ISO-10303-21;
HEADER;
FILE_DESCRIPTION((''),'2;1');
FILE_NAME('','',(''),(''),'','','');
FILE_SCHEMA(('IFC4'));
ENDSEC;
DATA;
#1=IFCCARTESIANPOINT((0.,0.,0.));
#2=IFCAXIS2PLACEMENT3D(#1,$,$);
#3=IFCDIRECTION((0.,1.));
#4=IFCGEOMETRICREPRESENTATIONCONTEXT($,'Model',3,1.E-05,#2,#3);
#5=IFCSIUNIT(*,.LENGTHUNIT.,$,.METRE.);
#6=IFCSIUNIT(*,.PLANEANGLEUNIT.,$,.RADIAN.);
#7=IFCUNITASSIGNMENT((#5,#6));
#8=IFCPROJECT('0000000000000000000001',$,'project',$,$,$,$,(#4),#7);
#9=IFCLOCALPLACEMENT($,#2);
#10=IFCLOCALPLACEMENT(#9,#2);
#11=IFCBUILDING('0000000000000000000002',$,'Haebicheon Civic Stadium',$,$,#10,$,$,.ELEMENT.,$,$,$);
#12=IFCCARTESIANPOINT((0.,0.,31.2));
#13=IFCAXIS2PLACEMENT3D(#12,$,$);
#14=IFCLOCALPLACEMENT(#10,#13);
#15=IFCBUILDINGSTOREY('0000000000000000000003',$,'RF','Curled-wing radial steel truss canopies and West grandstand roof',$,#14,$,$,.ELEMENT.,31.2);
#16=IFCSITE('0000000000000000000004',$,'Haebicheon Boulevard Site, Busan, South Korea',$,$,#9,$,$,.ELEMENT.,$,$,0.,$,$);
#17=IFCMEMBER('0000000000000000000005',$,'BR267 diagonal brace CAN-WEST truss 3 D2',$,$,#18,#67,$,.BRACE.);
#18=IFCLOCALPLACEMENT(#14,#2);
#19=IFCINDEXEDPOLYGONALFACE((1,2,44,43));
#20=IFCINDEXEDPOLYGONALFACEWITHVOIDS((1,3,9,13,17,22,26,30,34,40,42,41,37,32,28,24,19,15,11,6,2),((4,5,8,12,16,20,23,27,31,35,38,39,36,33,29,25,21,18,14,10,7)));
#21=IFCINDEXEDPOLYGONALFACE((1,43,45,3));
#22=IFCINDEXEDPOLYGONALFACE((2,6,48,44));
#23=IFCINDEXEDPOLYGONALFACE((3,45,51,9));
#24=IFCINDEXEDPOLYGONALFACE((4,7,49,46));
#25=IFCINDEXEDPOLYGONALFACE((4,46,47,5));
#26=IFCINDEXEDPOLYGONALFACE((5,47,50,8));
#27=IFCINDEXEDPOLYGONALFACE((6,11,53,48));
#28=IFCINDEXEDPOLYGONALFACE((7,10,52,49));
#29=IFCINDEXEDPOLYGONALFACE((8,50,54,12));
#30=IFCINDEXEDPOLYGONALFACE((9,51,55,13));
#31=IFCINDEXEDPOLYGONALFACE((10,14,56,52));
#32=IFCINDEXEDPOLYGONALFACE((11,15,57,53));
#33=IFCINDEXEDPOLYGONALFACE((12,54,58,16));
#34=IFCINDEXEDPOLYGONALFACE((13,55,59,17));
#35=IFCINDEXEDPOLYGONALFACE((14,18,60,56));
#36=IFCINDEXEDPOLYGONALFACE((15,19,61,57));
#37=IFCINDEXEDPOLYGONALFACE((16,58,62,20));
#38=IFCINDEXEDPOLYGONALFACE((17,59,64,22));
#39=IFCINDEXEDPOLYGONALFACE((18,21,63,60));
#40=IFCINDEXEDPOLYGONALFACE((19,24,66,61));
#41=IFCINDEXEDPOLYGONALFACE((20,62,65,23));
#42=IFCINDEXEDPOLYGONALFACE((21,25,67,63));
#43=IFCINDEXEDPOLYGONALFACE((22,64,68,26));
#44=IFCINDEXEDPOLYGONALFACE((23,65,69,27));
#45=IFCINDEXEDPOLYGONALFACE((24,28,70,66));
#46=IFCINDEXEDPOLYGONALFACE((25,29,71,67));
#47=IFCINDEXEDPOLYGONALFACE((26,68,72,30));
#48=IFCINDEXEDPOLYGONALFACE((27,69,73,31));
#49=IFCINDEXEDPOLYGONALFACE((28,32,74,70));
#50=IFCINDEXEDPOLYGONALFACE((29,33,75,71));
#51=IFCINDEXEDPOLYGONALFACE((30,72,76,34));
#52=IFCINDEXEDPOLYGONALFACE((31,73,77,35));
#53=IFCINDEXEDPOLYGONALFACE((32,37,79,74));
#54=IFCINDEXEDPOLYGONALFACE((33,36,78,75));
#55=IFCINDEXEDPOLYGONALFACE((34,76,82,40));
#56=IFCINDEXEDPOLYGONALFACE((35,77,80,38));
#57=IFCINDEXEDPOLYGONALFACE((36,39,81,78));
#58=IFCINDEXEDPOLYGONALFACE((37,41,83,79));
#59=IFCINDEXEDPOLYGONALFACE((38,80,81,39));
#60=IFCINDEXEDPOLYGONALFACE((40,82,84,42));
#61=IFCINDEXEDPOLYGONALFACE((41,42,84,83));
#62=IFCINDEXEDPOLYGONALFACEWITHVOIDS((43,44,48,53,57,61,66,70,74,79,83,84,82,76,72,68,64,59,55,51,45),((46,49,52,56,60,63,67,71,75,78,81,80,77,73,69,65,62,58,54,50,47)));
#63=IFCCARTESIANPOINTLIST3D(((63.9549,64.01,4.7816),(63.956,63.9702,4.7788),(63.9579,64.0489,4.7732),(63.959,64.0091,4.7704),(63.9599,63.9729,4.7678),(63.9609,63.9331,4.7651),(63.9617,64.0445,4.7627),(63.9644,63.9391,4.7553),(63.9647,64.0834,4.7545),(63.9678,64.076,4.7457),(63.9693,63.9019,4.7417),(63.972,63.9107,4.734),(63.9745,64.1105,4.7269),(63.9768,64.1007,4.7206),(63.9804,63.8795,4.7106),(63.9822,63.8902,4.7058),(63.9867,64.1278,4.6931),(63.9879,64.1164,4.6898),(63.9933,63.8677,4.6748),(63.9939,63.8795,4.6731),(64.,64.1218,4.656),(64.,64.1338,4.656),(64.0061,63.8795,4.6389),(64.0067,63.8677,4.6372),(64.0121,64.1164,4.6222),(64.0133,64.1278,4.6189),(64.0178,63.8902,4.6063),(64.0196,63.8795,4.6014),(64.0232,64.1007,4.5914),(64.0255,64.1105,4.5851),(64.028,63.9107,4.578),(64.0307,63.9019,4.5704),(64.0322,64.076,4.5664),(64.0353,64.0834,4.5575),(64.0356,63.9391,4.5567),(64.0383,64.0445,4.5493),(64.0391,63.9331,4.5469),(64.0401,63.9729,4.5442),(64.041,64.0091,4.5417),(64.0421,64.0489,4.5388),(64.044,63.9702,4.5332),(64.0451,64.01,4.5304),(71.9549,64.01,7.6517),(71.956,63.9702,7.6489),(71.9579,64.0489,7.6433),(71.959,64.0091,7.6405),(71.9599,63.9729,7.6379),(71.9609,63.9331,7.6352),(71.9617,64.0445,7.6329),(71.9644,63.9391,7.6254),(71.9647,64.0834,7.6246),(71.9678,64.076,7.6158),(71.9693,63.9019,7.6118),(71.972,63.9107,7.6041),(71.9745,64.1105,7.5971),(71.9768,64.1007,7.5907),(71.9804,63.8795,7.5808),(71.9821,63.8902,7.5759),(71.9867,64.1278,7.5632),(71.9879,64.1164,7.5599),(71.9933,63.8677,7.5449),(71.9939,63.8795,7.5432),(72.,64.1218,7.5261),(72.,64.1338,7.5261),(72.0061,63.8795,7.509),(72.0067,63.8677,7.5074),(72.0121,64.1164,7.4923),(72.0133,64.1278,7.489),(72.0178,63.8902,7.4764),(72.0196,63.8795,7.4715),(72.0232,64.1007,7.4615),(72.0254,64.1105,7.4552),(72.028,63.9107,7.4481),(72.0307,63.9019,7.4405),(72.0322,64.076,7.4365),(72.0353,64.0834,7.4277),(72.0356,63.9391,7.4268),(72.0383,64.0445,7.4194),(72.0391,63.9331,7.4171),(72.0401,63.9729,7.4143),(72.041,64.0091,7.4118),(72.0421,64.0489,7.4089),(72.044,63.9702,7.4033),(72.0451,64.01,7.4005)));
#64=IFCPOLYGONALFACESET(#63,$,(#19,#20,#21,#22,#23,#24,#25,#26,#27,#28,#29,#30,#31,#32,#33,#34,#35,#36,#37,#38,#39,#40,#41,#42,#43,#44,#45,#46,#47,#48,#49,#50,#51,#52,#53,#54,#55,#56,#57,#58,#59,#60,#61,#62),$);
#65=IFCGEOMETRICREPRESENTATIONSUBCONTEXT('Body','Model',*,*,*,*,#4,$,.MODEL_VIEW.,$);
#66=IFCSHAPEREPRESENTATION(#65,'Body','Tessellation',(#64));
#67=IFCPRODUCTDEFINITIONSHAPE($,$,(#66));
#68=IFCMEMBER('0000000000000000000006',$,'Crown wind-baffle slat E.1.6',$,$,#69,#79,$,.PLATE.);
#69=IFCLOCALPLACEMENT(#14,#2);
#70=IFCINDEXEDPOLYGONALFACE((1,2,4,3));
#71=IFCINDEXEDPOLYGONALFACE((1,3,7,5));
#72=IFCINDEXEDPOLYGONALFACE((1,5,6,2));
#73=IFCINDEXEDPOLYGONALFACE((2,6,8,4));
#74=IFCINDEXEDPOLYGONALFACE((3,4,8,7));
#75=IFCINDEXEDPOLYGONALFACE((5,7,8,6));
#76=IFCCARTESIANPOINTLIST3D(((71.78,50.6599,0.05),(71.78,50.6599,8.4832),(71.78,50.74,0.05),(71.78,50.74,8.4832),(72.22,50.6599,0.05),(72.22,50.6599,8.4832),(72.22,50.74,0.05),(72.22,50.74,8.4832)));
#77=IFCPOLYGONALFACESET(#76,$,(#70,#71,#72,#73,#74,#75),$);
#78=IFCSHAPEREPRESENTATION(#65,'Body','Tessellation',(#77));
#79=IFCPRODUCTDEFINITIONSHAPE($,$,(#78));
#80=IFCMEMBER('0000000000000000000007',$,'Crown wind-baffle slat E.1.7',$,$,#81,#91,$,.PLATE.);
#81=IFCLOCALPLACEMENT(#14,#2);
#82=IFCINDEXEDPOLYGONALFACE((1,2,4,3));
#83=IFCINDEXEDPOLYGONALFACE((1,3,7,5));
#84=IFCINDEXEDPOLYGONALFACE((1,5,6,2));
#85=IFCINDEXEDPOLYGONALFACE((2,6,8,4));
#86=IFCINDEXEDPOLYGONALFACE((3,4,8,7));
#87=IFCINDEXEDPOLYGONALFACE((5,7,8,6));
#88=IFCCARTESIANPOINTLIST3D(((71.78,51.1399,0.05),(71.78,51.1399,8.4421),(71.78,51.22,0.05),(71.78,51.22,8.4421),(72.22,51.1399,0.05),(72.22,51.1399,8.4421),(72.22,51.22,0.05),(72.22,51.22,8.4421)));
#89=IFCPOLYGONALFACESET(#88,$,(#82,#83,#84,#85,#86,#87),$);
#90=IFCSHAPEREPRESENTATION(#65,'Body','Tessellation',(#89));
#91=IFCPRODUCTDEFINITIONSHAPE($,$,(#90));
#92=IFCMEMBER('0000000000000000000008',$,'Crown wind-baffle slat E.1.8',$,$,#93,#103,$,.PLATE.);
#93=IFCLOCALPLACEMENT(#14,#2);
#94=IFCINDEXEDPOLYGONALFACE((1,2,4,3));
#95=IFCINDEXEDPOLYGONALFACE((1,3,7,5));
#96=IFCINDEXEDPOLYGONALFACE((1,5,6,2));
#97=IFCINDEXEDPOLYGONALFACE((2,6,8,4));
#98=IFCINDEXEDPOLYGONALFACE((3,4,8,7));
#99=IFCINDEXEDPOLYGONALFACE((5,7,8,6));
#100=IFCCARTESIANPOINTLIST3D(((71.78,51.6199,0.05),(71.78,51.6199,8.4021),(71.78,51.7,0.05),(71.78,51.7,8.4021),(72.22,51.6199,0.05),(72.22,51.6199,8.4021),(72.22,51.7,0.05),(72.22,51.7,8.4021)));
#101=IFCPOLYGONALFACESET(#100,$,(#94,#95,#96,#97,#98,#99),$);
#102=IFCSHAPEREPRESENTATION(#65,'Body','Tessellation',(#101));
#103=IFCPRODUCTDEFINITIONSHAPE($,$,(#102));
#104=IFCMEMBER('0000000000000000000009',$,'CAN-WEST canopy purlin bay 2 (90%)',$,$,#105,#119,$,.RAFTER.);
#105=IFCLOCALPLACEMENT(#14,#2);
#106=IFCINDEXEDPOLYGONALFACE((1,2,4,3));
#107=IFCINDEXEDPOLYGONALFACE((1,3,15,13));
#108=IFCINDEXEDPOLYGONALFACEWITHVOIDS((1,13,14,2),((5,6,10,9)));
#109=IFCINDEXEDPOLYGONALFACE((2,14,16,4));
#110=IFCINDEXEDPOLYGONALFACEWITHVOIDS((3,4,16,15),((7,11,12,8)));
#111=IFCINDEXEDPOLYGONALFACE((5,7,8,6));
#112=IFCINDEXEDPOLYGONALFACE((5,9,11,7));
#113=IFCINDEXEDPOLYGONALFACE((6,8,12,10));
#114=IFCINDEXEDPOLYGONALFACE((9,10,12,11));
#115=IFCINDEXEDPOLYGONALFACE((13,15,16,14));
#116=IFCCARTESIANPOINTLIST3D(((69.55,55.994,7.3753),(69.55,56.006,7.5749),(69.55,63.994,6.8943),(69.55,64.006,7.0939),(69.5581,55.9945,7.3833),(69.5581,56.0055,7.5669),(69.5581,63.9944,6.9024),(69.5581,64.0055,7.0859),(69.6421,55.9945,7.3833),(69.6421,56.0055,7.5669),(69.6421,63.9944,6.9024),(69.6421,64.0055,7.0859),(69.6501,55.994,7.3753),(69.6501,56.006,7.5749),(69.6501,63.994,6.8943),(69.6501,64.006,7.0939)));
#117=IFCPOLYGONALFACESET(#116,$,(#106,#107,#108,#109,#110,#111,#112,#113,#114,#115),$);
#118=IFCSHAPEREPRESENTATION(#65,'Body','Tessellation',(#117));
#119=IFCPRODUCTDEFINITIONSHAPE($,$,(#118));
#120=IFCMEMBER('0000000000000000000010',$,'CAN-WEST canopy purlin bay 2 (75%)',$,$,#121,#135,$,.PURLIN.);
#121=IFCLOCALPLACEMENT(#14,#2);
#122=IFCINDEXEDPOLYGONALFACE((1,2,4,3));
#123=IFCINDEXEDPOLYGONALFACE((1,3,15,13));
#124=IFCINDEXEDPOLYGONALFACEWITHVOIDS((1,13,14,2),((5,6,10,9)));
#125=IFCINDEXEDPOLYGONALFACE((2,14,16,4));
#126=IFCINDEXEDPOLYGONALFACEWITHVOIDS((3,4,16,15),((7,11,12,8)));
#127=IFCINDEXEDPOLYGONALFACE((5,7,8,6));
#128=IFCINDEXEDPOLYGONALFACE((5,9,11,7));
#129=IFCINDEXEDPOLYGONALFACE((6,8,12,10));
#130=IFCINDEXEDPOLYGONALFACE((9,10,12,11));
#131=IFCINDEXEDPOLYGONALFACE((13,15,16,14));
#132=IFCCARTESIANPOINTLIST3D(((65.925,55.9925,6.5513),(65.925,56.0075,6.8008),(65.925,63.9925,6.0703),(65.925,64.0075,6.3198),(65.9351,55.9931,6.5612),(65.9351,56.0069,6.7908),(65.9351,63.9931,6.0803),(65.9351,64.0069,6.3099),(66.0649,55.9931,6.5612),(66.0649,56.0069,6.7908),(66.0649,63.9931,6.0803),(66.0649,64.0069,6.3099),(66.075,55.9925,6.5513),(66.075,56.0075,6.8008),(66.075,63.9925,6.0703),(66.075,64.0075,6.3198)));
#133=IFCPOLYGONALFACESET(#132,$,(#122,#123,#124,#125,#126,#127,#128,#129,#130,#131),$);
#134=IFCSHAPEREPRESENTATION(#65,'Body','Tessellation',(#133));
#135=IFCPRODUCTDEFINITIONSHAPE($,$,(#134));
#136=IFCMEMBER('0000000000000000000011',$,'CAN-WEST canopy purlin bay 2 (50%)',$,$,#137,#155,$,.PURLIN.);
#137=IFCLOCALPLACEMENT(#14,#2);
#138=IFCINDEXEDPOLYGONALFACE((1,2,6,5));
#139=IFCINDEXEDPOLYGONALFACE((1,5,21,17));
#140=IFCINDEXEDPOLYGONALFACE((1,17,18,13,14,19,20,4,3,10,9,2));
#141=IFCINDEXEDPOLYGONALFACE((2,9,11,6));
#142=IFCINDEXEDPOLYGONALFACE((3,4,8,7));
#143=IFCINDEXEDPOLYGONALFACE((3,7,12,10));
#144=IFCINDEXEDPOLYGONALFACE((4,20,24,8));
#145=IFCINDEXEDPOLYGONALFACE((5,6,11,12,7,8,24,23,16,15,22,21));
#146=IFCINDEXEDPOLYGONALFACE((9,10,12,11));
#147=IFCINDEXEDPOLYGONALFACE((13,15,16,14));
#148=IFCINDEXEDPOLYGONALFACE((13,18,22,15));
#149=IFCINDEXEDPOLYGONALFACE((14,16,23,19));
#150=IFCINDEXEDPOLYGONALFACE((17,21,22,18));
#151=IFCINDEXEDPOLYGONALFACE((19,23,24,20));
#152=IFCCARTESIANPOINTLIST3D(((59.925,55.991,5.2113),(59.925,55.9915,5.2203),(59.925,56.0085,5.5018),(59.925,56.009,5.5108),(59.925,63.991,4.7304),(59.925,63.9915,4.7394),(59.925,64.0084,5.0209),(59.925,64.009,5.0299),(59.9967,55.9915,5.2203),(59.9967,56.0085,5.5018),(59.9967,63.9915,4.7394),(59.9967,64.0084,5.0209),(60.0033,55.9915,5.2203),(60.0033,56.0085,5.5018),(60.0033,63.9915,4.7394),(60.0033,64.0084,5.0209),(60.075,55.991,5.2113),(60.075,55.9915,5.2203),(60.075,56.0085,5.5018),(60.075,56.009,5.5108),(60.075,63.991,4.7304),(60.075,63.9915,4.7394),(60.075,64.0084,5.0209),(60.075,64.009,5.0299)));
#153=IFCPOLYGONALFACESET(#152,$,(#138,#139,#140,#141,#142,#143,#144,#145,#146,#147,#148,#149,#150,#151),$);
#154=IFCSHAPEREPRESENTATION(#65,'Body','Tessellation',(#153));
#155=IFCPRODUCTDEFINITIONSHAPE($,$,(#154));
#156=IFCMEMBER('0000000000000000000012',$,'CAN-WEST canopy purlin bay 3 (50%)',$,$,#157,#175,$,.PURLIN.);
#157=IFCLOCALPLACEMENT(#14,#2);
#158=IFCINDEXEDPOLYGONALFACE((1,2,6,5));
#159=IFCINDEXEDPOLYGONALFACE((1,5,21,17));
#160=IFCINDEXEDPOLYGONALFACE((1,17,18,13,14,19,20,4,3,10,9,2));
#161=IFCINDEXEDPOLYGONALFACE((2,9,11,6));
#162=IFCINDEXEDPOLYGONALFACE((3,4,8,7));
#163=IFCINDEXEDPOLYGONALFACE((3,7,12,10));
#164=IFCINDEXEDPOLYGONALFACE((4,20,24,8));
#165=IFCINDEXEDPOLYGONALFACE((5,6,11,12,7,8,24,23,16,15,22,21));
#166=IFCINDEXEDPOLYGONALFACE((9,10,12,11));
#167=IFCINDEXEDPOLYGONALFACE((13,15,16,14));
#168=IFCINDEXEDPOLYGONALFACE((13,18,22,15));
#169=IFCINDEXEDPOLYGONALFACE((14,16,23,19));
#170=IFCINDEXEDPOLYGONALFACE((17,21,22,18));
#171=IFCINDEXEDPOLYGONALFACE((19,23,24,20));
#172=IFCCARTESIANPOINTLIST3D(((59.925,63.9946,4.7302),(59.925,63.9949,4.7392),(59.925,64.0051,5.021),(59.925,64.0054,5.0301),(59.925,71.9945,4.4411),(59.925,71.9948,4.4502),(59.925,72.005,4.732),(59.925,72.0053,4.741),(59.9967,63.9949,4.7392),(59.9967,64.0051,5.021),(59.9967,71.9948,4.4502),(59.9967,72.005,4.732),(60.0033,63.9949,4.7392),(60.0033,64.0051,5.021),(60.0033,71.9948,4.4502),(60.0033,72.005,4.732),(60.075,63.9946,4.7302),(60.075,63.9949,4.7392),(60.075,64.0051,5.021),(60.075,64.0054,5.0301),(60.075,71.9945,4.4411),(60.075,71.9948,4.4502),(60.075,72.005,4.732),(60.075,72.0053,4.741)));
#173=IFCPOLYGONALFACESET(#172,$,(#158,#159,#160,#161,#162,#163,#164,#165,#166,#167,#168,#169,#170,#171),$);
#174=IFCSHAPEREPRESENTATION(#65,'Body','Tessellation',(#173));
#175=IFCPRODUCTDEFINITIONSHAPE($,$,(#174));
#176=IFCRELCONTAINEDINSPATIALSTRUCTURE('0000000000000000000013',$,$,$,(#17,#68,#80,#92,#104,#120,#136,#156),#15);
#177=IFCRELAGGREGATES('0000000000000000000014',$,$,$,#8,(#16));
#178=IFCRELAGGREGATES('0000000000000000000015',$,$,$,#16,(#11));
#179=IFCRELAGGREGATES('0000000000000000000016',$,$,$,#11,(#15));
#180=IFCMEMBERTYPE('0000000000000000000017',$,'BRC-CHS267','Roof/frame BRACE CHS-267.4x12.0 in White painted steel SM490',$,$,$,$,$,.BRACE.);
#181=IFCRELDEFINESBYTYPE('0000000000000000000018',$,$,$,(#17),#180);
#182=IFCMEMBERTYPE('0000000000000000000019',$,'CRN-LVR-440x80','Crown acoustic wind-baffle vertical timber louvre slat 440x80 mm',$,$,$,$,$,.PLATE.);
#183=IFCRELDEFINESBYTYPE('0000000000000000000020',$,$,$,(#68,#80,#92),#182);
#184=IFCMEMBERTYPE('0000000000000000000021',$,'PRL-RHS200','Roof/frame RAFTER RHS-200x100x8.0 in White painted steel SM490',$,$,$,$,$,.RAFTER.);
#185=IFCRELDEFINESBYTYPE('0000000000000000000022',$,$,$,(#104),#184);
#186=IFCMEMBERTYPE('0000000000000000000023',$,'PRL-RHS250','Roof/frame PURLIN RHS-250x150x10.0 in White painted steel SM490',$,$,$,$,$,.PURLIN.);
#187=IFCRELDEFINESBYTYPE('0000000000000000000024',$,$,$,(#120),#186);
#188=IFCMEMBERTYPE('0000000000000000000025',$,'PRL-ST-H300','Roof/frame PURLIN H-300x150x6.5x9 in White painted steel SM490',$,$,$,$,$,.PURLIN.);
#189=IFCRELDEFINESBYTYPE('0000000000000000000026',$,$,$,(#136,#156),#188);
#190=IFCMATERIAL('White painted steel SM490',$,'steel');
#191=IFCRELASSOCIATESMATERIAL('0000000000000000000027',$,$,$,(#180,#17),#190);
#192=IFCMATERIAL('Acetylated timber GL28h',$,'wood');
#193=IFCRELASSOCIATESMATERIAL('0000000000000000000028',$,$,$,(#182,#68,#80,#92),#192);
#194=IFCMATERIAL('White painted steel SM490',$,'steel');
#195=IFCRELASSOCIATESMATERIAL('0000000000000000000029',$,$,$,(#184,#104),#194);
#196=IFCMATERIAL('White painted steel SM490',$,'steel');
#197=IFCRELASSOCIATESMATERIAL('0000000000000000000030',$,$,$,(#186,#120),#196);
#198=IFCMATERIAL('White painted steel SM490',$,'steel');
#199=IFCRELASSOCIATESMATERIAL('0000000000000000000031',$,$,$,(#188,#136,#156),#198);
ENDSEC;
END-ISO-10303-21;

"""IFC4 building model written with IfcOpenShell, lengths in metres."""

from ifc_helpers import new_model, si_unit, direction, frame, origin, origin_2d, place, context, subcontext, project, spatial, rectangle, hollow_rectangle, hollow_circle, i_section, extrude, material, material_profile, profile_set, type_object, element, save


model = new_model("IFC4")

# Units and contexts
model_context = context("Model", 3, precision=1e-05, world=origin(), true_north=direction((0.0, 1.0)))
body_context = subcontext(model_context, "Body", "Model", "MODEL_VIEW")
ifc_project = project(units=[si_unit("LENGTHUNIT", "METRE"), si_unit("PLANEANGLEUNIT", "RADIAN")], contexts=[model_context])

# Site, building, storey
site_placement = place(None, origin())
site = spatial("IfcSite", under=ifc_project, at=site_placement, Name="Haebicheon Boulevard Site, Busan, South Korea", CompositionType="ELEMENT", RefElevation=0.0)
building_placement = place(site_placement, origin())
building = spatial("IfcBuilding", under=site, at=building_placement, Name="Haebicheon Civic Stadium", CompositionType="ELEMENT")
storey_placement = place(building_placement, frame((0.0, 0.0, 31.2)))
storey = spatial("IfcBuildingStorey", under=building, at=storey_placement, Name="RF", Description="Curled-wing radial steel truss canopies and West grandstand roof", CompositionType="ELEMENT", Elevation=31.2)

# Members
ifc_material_1 = material(Name="White painted steel SM490", Category="steel")
ifc_material_profile_1 = material_profile(ifc_material_1, hollow_circle(Radius=0.1338, WallThickness=0.012, at=origin_2d()), Name="CHS-267.4x12.0")
ifc_profile_set_1 = profile_set([ifc_material_profile_1], Name="White painted steel SM490")
member_type_1 = type_object("IfcMemberType", Name="BRC-CHS267", Description="Roof/frame BRACE CHS-267.4x12.0 in White painted steel SM490", PredefinedType="BRACE", material=ifc_profile_set_1)
for number, where, z_axis, x_axis, name in (
    (1, (64.0, 64.0, 4.656), (0.941257, 0.0, 0.33769), (0.0, 1.0, 0.0), "BR267 diagonal brace CAN-WEST truss 3 D2"),
):
    element("IfcMember", number, at=place(storey_placement, frame(where, z_axis=z_axis, x_axis=x_axis)), inside=storey, type_object=member_type_1, material=ifc_profile_set_1, Name=name, PredefinedType="BRACE", context=body_context, shape_type="SweptSolid", body=[
        extrude(hollow_circle(Radius=0.1338, WallThickness=0.012, at=origin_2d()), origin(), (0.0, 0.0, 1.0), 8.4993),
    ])
ifc_material_2 = material(Name="Acetylated timber GL28h", Category="wood")
ifc_material_profile_2 = material_profile(ifc_material_2, rectangle(XDim=0.0801, YDim=0.4399, at=origin_2d()), Name="TMB-LOUV-80x440")
ifc_profile_set_2 = profile_set([ifc_material_profile_2], Name="Acetylated timber GL28h")
member_type_2 = type_object("IfcMemberType", Name="CRN-LVR-440x80", Description="Crown acoustic wind-baffle vertical timber louvre slat 440x80 mm", PredefinedType="PLATE", material=ifc_profile_set_2)
member_1_placement = place(storey_placement, frame((72.0, 50.7, 0.05), z_axis=(0.0, 0.0, 1.0), x_axis=(0.0, 1.0, 0.0)))
element("IfcMember", 2, at=member_1_placement, inside=storey, type_object=member_type_2, material=ifc_profile_set_2, Name="Crown wind-baffle slat E.1.6", PredefinedType="PLATE", context=body_context, shape_type="SweptSolid", body=[
    extrude(rectangle(XDim=0.0801, YDim=0.4399, at=origin_2d()), origin(), (0.0, 0.0, 1.0), 8.4331),
])
member_2_placement = place(storey_placement, frame((72.0, 51.1799, 0.05), z_axis=(0.0, 0.0, 1.0), x_axis=(0.0, 1.0, 0.0)))
element("IfcMember", 3, at=member_2_placement, inside=storey, type_object=member_type_2, material=ifc_profile_set_2, Name="Crown wind-baffle slat E.1.7", PredefinedType="PLATE", context=body_context, shape_type="SweptSolid", body=[
    extrude(rectangle(XDim=0.0801, YDim=0.4399, at=origin_2d()), origin(), (0.0, 0.0, 1.0), 8.3921),
])
member_3_placement = place(storey_placement, frame((72.0, 51.6599, 0.05), z_axis=(0.0, 0.0, 1.0), x_axis=(0.0, 1.0, 0.0)))
element("IfcMember", 4, at=member_3_placement, inside=storey, type_object=member_type_2, material=ifc_profile_set_2, Name="Crown wind-baffle slat E.1.8", PredefinedType="PLATE", context=body_context, shape_type="SweptSolid", body=[
    extrude(rectangle(XDim=0.0801, YDim=0.4399, at=origin_2d()), origin(), (0.0, 0.0, 1.0), 8.3521),
])
ifc_material_3 = material(Name="White painted steel SM490", Category="steel")
ifc_material_profile_3 = material_profile(ifc_material_3, hollow_rectangle(XDim=0.1001, YDim=0.2, WallThickness=0.0081, at=origin_2d()), Name="RHS-200x100x8.0")
ifc_profile_set_3 = profile_set([ifc_material_profile_3], Name="White painted steel SM490")
member_type_3 = type_object("IfcMemberType", Name="PRL-RHS200", Description="Roof/frame RAFTER RHS-200x100x8.0 in White painted steel SM490", PredefinedType="RAFTER", material=ifc_profile_set_3)
member_4_placement = place(storey_placement, frame((69.6001, 56.0, 7.4751), z_axis=(0.0, 0.998198, -0.060011), x_axis=(-1.0, 0.0, 0.0)))
element("IfcMember", 5, at=member_4_placement, inside=storey, type_object=member_type_3, material=ifc_profile_set_3, Name="CAN-WEST canopy purlin bay 2 (90%)", PredefinedType="RAFTER", context=body_context, shape_type="SweptSolid", body=[
    extrude(hollow_rectangle(XDim=0.1001, YDim=0.2, WallThickness=0.0081, at=origin_2d()), origin(), (0.0, 0.0, 1.0), 8.0144),
])
ifc_material_4 = material(Name="White painted steel SM490", Category="steel")
ifc_material_profile_4 = material_profile(ifc_material_4, hollow_rectangle(XDim=0.1499, YDim=0.25, WallThickness=0.01, at=origin_2d()), Name="RHS-250x150x10.0")
ifc_profile_set_4 = profile_set([ifc_material_profile_4], Name="White painted steel SM490")
member_type_4 = type_object("IfcMemberType", Name="PRL-RHS250", Description="Roof/frame PURLIN RHS-250x150x10.0 in White painted steel SM490", PredefinedType="PURLIN", material=ifc_profile_set_4)
member_5_placement = place(storey_placement, frame((66.0, 56.0, 6.676), z_axis=(0.0, 0.998198, -0.060011), x_axis=(-1.0, 0.0, 0.0)))
element("IfcMember", 6, at=member_5_placement, inside=storey, type_object=member_type_4, material=ifc_profile_set_4, Name="CAN-WEST canopy purlin bay 2 (75%)", PredefinedType="PURLIN", context=body_context, shape_type="SweptSolid", body=[
    extrude(hollow_rectangle(XDim=0.1499, YDim=0.25, WallThickness=0.01, at=origin_2d()), origin(), (0.0, 0.0, 1.0), 8.0144),
])
ifc_material_5 = material(Name="White painted steel SM490", Category="steel")
ifc_material_profile_5 = material_profile(ifc_material_5, i_section(OverallWidth=0.1499, OverallDepth=0.3, WebThickness=0.0066, FlangeThickness=0.009, at=origin_2d()), Name="H-300x150x6.5x9")
ifc_profile_set_5 = profile_set([ifc_material_profile_5], Name="White painted steel SM490")
member_type_5 = type_object("IfcMemberType", Name="PRL-ST-H300", Description="Roof/frame PURLIN H-300x150x6.5x9 in White painted steel SM490", PredefinedType="PURLIN", material=ifc_profile_set_5)
member_6_placement = place(storey_placement, frame((60.0, 56.0, 5.3611), z_axis=(0.0, 0.998198, -0.060011), x_axis=(-1.0, 0.0, 0.0)))
element("IfcMember", 7, at=member_6_placement, inside=storey, type_object=member_type_5, material=ifc_profile_set_5, Name="CAN-WEST canopy purlin bay 2 (50%)", PredefinedType="PURLIN", context=body_context, shape_type="SweptSolid", body=[
    extrude(i_section(OverallWidth=0.1499, OverallDepth=0.3, WebThickness=0.0066, FlangeThickness=0.009, at=origin_2d()), origin(), (0.0, 0.0, 1.0), 8.0144),
])
member_7_placement = place(storey_placement, frame((60.0, 64.0, 4.8801), z_axis=(0.0, 0.999348, -0.036109), x_axis=(-1.0, 0.0, 0.0)))
element("IfcMember", 8, at=member_7_placement, inside=storey, type_object=member_type_5, material=ifc_profile_set_5, Name="CAN-WEST canopy purlin bay 3 (50%)", PredefinedType="PURLIN", context=body_context, shape_type="SweptSolid", body=[
    extrude(i_section(OverallWidth=0.1499, OverallDepth=0.3, WebThickness=0.0066, FlangeThickness=0.009, at=origin_2d()), origin(), (0.0, 0.0, 1.0), 8.0051),
])

save(model, "model.ifc")
